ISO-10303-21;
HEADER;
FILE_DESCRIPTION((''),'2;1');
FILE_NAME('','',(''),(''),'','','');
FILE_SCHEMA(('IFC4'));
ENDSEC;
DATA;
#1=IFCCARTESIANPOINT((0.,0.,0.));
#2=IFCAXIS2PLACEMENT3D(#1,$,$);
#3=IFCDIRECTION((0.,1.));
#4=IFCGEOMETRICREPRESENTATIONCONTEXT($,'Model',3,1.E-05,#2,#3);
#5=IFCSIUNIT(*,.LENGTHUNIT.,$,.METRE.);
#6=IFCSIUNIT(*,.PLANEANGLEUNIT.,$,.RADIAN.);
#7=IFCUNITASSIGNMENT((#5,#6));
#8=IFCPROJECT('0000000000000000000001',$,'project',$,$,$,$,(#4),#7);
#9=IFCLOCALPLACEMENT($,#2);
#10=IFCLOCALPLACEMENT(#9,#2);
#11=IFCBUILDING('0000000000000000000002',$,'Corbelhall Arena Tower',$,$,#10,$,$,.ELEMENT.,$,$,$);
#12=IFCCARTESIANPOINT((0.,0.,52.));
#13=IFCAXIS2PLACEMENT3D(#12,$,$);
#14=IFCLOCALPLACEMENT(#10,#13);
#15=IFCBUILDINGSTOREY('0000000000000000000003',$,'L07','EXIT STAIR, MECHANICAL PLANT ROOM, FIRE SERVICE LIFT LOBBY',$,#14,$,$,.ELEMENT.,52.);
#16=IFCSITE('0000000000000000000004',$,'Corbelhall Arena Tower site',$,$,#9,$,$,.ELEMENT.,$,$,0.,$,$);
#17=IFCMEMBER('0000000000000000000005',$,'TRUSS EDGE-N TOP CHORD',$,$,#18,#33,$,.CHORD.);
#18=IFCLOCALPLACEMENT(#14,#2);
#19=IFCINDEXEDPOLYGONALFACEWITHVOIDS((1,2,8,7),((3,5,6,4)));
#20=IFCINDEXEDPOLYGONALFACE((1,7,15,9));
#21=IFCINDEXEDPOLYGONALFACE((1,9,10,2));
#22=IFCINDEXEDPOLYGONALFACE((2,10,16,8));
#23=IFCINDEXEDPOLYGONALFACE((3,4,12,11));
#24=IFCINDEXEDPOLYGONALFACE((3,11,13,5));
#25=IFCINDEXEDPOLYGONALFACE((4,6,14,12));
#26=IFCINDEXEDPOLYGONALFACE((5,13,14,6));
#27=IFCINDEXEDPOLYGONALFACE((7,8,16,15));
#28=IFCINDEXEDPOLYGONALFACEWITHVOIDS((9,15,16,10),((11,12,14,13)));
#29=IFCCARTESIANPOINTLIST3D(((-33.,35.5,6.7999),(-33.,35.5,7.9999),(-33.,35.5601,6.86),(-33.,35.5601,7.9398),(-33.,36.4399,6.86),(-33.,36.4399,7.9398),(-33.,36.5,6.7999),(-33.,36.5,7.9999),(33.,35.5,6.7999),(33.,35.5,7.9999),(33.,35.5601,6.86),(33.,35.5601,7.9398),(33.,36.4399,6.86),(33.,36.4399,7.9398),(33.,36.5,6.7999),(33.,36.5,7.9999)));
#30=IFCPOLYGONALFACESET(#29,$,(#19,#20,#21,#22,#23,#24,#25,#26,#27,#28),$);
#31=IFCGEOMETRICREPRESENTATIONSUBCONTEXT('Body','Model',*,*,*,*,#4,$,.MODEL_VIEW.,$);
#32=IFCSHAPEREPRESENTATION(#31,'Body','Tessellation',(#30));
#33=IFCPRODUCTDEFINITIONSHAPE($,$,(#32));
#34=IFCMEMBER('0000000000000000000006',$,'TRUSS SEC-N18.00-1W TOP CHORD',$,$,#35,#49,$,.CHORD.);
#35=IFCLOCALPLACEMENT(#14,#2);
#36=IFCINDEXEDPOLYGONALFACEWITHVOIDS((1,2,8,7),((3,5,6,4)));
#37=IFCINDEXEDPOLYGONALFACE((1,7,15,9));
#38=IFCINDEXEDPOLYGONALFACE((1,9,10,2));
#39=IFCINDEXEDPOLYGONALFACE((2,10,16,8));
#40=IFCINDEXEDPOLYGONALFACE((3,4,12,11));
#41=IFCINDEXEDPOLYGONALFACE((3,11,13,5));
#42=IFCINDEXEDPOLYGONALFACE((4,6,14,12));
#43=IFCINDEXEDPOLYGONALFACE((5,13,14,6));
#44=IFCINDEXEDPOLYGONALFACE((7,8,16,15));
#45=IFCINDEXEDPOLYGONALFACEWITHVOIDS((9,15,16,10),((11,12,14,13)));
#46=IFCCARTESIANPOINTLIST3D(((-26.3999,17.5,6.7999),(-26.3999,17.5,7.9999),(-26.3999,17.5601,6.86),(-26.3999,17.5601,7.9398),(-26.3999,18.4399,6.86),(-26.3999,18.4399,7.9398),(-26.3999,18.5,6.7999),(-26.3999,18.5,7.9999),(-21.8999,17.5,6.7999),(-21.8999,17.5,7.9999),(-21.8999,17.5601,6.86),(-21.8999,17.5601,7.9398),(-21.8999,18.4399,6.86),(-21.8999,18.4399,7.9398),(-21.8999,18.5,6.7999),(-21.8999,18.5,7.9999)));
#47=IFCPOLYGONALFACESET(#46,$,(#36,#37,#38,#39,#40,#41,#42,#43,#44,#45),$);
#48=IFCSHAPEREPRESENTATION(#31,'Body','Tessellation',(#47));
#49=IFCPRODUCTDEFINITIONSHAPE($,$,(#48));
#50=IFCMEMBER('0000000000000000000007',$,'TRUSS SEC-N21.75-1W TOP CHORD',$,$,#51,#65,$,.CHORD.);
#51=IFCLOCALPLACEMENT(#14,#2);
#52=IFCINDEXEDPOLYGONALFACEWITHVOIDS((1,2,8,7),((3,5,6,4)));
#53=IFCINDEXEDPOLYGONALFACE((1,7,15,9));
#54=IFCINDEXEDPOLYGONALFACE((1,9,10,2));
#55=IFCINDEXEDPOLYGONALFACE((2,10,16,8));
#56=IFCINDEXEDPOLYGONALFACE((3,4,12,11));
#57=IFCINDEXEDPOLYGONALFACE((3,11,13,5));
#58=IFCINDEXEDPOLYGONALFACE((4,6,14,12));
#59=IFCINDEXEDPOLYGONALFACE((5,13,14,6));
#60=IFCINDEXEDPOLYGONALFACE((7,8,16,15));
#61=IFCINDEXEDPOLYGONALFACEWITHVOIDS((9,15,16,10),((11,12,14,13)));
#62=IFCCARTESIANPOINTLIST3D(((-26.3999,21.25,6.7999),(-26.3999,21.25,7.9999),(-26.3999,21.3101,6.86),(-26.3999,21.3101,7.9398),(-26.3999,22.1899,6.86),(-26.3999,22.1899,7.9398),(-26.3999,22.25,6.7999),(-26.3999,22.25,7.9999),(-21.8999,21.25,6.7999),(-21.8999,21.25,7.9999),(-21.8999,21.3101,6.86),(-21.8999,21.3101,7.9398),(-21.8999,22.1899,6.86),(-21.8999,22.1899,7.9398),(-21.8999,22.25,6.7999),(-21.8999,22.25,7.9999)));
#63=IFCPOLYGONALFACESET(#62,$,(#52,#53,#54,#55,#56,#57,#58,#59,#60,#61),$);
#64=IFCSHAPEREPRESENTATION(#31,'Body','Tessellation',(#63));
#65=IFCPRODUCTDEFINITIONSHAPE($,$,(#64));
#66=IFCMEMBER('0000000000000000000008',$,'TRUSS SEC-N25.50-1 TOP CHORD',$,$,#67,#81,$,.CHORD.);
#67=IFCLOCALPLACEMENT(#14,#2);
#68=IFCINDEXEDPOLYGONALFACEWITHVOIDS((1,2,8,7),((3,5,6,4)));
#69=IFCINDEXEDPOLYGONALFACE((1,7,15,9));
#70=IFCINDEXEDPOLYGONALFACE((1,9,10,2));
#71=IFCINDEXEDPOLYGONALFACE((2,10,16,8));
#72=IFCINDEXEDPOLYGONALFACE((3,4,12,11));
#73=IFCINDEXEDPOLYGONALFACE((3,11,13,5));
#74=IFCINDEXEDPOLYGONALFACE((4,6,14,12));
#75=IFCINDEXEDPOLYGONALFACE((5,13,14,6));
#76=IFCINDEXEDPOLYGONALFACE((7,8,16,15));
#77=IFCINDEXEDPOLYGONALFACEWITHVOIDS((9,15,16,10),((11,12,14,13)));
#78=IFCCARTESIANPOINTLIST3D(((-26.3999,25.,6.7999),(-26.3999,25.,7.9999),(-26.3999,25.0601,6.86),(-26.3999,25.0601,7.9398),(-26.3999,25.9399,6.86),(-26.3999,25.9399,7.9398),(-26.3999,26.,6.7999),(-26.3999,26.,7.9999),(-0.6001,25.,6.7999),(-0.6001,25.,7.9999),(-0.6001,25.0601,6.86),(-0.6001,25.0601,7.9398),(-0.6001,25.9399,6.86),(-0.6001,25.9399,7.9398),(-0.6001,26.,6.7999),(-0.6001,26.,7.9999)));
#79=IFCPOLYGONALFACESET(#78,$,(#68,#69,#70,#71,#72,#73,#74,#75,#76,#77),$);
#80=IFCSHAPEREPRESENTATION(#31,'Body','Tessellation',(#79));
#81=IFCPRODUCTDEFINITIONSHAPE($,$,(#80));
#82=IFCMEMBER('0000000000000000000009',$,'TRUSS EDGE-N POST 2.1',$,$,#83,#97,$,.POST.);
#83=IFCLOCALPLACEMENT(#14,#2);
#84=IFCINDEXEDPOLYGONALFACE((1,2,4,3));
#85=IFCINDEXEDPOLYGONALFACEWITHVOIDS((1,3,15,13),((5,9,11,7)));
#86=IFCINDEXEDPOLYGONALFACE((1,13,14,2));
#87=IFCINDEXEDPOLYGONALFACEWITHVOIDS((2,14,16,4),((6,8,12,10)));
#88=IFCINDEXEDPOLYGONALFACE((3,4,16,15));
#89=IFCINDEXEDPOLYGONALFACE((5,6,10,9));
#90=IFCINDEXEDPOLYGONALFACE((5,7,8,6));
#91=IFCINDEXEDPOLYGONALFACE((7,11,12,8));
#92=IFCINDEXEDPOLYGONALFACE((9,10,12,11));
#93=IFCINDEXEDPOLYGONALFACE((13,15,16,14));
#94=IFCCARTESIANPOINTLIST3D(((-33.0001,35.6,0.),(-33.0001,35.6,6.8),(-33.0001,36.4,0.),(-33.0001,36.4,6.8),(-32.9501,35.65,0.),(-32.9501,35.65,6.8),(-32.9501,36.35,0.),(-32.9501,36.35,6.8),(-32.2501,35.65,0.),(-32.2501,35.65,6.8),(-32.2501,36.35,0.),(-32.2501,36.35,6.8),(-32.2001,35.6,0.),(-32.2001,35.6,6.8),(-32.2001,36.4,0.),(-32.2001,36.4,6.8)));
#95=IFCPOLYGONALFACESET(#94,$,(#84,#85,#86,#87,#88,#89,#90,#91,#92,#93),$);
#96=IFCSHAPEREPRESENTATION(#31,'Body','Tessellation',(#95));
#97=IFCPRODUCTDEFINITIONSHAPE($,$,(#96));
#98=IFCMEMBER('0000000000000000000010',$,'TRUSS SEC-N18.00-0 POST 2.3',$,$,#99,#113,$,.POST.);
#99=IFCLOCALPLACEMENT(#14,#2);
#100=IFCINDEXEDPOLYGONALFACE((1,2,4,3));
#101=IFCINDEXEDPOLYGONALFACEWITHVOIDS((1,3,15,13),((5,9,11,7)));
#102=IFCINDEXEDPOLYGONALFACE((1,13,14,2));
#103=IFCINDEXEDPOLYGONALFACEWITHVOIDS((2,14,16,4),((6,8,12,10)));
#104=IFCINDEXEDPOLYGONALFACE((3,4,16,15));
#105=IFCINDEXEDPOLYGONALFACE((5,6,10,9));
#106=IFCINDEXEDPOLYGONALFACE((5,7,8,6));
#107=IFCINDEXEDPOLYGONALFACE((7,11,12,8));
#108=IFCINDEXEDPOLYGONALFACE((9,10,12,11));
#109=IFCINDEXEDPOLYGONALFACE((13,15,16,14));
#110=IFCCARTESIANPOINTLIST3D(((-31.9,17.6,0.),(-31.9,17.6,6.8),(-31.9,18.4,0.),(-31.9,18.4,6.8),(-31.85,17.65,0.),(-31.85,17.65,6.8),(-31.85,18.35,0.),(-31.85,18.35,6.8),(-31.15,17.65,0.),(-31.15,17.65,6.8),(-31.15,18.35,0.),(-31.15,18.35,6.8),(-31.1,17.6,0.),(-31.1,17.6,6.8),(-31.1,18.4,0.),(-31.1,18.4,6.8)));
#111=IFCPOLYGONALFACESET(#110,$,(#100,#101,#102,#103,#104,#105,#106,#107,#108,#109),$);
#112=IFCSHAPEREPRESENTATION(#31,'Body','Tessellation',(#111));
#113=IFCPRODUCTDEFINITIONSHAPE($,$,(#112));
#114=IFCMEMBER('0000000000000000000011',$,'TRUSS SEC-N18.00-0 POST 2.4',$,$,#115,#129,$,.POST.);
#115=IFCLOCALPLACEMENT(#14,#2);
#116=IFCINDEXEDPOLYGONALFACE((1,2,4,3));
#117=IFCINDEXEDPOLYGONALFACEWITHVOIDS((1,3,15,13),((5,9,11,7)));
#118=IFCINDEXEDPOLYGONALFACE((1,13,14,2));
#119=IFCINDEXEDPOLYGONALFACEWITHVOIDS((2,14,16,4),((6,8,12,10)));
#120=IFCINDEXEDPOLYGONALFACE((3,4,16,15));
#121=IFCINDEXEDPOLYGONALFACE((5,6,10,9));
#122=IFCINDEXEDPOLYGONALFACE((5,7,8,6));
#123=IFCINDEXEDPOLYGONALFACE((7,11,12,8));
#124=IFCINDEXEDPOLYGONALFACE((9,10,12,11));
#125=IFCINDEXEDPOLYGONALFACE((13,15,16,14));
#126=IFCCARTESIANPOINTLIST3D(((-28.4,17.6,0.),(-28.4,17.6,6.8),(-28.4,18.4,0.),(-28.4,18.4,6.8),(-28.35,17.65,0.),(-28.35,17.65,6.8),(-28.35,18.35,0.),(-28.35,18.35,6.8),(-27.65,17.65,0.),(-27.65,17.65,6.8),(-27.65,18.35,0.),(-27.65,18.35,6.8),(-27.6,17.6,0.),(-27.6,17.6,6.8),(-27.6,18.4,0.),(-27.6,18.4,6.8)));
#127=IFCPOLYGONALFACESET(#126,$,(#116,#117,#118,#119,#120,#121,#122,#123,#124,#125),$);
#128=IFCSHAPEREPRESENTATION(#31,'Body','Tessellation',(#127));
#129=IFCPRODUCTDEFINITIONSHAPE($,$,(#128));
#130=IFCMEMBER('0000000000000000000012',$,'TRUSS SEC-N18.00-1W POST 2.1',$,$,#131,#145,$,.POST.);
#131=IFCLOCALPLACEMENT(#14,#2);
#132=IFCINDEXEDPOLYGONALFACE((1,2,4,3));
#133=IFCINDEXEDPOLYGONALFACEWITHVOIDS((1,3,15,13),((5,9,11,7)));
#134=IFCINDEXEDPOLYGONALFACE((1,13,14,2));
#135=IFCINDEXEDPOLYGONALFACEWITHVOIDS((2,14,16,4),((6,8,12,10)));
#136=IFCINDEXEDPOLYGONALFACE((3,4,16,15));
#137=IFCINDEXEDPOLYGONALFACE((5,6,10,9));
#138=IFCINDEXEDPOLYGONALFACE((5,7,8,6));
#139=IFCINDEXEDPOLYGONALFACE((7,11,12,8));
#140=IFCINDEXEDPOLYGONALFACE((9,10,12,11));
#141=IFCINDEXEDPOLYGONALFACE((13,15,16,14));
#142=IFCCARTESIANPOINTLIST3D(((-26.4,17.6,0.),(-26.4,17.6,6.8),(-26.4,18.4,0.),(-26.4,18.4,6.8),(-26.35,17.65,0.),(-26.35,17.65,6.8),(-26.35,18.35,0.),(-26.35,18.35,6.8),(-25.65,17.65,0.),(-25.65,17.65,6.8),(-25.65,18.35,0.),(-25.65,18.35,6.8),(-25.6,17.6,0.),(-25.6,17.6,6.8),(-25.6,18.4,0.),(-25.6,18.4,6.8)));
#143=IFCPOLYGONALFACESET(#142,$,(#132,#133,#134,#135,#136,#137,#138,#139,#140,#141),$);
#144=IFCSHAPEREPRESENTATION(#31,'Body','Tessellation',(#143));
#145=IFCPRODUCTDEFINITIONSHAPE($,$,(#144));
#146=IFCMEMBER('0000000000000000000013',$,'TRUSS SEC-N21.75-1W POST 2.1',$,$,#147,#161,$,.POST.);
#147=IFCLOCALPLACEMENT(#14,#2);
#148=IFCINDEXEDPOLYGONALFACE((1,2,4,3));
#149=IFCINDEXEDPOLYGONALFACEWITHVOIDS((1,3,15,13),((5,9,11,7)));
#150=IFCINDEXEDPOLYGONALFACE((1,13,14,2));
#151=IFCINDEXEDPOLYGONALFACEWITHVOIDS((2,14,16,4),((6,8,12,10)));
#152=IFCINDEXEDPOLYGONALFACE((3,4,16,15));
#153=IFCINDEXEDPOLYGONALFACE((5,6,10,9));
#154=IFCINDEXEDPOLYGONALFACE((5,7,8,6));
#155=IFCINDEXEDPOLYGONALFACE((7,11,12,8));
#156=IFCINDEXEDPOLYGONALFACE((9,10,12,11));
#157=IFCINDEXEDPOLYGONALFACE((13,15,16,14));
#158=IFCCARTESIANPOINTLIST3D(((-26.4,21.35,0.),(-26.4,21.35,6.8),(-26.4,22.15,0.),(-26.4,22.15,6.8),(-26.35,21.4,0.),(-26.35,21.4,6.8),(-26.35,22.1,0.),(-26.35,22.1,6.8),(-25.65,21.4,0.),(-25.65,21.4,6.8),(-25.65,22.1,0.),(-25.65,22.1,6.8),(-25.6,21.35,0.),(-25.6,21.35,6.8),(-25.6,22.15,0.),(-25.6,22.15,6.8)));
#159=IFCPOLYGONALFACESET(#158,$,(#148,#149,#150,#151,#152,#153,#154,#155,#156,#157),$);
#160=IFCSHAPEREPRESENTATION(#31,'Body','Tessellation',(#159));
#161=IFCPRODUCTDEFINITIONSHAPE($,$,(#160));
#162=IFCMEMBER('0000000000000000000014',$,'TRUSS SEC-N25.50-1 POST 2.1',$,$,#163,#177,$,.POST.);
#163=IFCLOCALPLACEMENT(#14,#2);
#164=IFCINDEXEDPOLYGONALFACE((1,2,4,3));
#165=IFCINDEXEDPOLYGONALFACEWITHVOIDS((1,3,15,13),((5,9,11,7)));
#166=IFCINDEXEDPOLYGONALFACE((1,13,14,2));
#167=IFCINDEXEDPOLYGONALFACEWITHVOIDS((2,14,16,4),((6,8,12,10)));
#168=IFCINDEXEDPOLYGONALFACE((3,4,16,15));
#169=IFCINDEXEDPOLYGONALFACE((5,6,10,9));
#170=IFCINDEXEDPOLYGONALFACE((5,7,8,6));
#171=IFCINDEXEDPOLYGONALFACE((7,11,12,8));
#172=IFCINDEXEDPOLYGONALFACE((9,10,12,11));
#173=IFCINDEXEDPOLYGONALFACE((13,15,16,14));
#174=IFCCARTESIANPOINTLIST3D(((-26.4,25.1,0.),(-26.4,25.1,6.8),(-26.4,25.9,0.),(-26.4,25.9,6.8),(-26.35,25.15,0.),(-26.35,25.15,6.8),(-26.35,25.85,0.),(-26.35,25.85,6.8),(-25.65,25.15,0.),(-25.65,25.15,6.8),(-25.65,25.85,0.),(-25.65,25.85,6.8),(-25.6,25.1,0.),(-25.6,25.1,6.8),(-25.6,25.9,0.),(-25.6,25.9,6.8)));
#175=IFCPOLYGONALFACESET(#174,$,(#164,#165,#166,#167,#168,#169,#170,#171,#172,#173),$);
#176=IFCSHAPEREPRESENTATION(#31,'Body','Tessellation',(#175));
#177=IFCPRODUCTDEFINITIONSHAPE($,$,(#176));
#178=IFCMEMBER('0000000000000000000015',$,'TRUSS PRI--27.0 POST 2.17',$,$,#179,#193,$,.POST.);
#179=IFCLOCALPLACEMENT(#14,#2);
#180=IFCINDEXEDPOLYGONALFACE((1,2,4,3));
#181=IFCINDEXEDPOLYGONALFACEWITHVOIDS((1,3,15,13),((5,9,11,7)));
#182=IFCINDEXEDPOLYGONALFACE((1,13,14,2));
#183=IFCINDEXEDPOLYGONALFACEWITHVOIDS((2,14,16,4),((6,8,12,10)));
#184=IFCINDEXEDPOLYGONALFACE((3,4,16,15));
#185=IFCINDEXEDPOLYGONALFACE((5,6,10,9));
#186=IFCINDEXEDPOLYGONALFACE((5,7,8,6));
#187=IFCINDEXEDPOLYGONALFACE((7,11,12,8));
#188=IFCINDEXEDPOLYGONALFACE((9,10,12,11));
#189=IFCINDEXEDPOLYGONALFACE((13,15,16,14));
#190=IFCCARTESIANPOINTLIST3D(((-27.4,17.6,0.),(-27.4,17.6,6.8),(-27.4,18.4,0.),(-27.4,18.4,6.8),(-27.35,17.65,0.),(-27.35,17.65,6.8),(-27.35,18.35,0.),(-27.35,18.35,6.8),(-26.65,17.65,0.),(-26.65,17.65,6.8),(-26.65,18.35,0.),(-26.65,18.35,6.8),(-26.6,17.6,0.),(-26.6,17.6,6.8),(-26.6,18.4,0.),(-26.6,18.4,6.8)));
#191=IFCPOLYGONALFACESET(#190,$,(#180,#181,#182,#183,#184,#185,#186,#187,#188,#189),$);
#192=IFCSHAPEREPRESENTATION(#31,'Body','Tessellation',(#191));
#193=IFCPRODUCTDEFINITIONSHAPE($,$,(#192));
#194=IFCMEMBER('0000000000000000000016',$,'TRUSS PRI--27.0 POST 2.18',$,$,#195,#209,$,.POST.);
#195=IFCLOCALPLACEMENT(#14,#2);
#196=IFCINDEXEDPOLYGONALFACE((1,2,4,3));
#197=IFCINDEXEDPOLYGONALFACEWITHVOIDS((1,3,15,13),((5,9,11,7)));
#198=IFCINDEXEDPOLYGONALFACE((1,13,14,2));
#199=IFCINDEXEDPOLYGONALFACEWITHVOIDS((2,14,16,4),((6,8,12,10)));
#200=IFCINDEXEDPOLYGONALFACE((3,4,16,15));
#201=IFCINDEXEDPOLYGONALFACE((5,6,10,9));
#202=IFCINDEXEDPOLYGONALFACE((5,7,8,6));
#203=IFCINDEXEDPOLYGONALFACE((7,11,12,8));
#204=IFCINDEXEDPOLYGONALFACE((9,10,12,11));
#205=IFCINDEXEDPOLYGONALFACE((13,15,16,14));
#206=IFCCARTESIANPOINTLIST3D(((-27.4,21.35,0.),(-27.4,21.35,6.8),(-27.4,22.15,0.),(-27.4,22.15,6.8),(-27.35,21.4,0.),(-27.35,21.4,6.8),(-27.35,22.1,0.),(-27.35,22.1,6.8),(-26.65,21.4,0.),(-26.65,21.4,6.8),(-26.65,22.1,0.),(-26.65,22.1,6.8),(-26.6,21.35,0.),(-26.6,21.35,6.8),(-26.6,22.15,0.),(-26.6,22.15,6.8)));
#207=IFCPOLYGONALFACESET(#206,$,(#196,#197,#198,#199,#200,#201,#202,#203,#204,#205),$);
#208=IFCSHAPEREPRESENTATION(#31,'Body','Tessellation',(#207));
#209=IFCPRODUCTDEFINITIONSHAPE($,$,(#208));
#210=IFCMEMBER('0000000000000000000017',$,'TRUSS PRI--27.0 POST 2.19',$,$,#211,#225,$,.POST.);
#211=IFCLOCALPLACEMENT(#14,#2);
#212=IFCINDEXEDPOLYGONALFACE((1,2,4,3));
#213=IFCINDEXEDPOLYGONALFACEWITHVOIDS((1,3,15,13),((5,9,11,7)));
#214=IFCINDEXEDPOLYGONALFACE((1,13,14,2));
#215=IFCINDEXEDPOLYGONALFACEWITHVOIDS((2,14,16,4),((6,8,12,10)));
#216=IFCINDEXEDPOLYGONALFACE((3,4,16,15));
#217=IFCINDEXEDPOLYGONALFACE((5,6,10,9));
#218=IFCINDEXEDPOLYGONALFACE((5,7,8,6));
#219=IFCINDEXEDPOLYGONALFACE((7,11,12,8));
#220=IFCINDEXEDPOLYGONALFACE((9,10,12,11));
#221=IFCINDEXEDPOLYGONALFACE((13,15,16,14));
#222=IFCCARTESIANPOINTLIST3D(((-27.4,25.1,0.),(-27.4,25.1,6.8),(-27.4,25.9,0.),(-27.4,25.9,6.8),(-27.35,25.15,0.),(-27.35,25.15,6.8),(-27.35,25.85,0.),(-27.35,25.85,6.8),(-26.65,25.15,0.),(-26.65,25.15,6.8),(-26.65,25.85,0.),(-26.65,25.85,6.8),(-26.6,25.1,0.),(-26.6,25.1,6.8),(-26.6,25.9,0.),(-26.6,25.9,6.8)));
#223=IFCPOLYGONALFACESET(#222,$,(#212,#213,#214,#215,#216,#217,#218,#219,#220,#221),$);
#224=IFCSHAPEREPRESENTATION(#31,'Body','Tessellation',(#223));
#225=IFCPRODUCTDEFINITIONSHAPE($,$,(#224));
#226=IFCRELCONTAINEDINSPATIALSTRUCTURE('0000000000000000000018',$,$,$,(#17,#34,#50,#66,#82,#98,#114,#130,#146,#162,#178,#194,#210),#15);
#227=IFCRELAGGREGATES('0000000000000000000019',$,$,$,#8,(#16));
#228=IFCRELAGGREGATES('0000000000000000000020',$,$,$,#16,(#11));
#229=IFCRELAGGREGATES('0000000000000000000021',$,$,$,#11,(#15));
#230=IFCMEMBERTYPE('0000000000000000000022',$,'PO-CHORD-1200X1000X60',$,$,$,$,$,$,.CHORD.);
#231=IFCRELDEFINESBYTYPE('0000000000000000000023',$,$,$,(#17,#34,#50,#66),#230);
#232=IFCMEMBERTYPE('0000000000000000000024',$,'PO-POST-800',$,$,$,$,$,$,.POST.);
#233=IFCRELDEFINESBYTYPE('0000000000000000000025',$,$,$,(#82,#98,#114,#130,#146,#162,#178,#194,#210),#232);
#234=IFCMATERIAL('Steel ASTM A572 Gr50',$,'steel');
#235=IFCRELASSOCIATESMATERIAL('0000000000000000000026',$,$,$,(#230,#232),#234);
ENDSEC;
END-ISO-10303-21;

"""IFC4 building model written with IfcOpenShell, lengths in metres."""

from ifc_helpers import new_model, si_unit, direction, frame, origin, origin_2d, place, context, subcontext, project, spatial, hollow_rectangle, extrude, material, material_profile, profile_set, type_object, element, save


model = new_model("IFC4")

# Units and contexts
model_context = context("Model", 3, precision=1e-05, world=origin(), true_north=direction((0.0, 1.0)))
body_context = subcontext(model_context, "Body", "Model", "MODEL_VIEW")
ifc_project = project(units=[si_unit("LENGTHUNIT", "METRE"), si_unit("PLANEANGLEUNIT", "RADIAN")], contexts=[model_context])

# Site, building, storey
site_placement = place(None, origin())
site = spatial("IfcSite", under=ifc_project, at=site_placement, Name="Corbelhall Arena Tower site", CompositionType="ELEMENT", RefElevation=0.0)
building_placement = place(site_placement, origin())
building = spatial("IfcBuilding", under=site, at=building_placement, Name="Corbelhall Arena Tower", CompositionType="ELEMENT")
storey_placement = place(building_placement, frame((0.0, 0.0, 52.0)))
storey = spatial("IfcBuildingStorey", under=building, at=storey_placement, Name="L07", Description="EXIT STAIR, MECHANICAL PLANT ROOM, FIRE SERVICE LIFT LOBBY", CompositionType="ELEMENT", Elevation=52.0)

# Members
ifc_material_1 = material(Name="Steel ASTM A572 Gr50", Category="steel")
ifc_material_profile_1 = material_profile(ifc_material_1, hollow_rectangle(XDim=1.0, YDim=1.2, WallThickness=0.0601, at=origin_2d()))
ifc_profile_set_1 = profile_set([ifc_material_profile_1], Name="Steel ASTM A572 Gr50")
member_type_1 = type_object("IfcMemberType", Name="PO-CHORD-1200X1000X60", PredefinedType="CHORD", material=ifc_profile_set_1)
member_1_placement = place(storey_placement, frame((-33.0, 36.0, 7.3999), z_axis=(1.0, 0.0, 0.0), x_axis=(0.0, 1.0, 0.0)))
element("IfcMember", 1, at=member_1_placement, inside=storey, type_object=member_type_1, Name="TRUSS EDGE-N TOP CHORD", PredefinedType="CHORD", context=body_context, shape_type="SweptSolid", body=[
    extrude(hollow_rectangle(XDim=1.0, YDim=1.2, WallThickness=0.0601, at=origin_2d()), origin(), (0.0, 0.0, 1.0), 66.0),
])
for number, where, z_axis, x_axis, name in (
    (2, (-26.3999, 18.0, 7.3999), (1.0, 0.0, 0.0), (0.0, 1.0, 0.0), "TRUSS SEC-N18.00-1W TOP CHORD"),
    (3, (-26.3999, 21.75, 7.3999), (1.0, 0.0, 0.0), (0.0, 1.0, 0.0), "TRUSS SEC-N21.75-1W TOP CHORD"),
):
    element("IfcMember", number, at=place(storey_placement, frame(where, z_axis=z_axis, x_axis=x_axis)), inside=storey, type_object=member_type_1, Name=name, PredefinedType="CHORD", context=body_context, shape_type="SweptSolid", body=[
        extrude(hollow_rectangle(XDim=1.0, YDim=1.2, WallThickness=0.0601, at=origin_2d()), origin(), (0.0, 0.0, 1.0), 4.5),
    ])
member_2_placement = place(storey_placement, frame((-26.3999, 25.5, 7.3999), z_axis=(1.0, 0.0, 0.0), x_axis=(0.0, 1.0, 0.0)))
element("IfcMember", 4, at=member_2_placement, inside=storey, type_object=member_type_1, Name="TRUSS SEC-N25.50-1 TOP CHORD", PredefinedType="CHORD", context=body_context, shape_type="SweptSolid", body=[
    extrude(hollow_rectangle(XDim=1.0, YDim=1.2, WallThickness=0.0601, at=origin_2d()), origin(), (0.0, 0.0, 1.0), 25.7998),
])
ifc_material_profile_2 = material_profile(ifc_material_1, hollow_rectangle(XDim=0.8, YDim=0.8, WallThickness=0.05, at=origin_2d()))
ifc_profile_set_2 = profile_set([ifc_material_profile_2], Name="Steel ASTM A572 Gr50")
member_type_2 = type_object("IfcMemberType", Name="PO-POST-800", PredefinedType="POST", material=ifc_profile_set_2)
for number, where, z_axis, x_axis, name in (
    (5, (-32.6001, 36.0, 0.0), (0.0, 0.0, 1.0), (1.0, 0.0, 0.0), "TRUSS EDGE-N POST 2.1"),
    (6, (-31.5, 18.0, 0.0), (0.0, 0.0, 1.0), (1.0, 0.0, 0.0), "TRUSS SEC-N18.00-0 POST 2.3"),
    (7, (-28.0, 18.0, 0.0), (0.0, 0.0, 1.0), (1.0, 0.0, 0.0), "TRUSS SEC-N18.00-0 POST 2.4"),
    (8, (-26.0, 18.0, 0.0), (0.0, 0.0, 1.0), (1.0, 0.0, 0.0), "TRUSS SEC-N18.00-1W POST 2.1"),
    (9, (-26.0, 21.75, 0.0), (0.0, 0.0, 1.0), (1.0, 0.0, 0.0), "TRUSS SEC-N21.75-1W POST 2.1"),
    (10, (-26.0, 25.5, 0.0), (0.0, 0.0, 1.0), (1.0, 0.0, 0.0), "TRUSS SEC-N25.50-1 POST 2.1"),
    (11, (-27.0, 18.0, 0.0), (0.0, 0.0, 1.0), (1.0, 0.0, 0.0), "TRUSS PRI--27.0 POST 2.17"),
    (12, (-27.0, 21.75, 0.0), (0.0, 0.0, 1.0), (1.0, 0.0, 0.0), "TRUSS PRI--27.0 POST 2.18"),
    (13, (-27.0, 25.5, 0.0), (0.0, 0.0, 1.0), (1.0, 0.0, 0.0), "TRUSS PRI--27.0 POST 2.19"),
):
    element("IfcMember", number, at=place(storey_placement, frame(where, z_axis=z_axis, x_axis=x_axis)), inside=storey, type_object=member_type_2, Name=name, PredefinedType="POST", context=body_context, shape_type="SweptSolid", body=[
        extrude(hollow_rectangle(XDim=0.8, YDim=0.8, WallThickness=0.05, at=origin_2d()), origin(), (0.0, 0.0, 1.0), 6.8),
    ])

save(model, "model.ifc")
